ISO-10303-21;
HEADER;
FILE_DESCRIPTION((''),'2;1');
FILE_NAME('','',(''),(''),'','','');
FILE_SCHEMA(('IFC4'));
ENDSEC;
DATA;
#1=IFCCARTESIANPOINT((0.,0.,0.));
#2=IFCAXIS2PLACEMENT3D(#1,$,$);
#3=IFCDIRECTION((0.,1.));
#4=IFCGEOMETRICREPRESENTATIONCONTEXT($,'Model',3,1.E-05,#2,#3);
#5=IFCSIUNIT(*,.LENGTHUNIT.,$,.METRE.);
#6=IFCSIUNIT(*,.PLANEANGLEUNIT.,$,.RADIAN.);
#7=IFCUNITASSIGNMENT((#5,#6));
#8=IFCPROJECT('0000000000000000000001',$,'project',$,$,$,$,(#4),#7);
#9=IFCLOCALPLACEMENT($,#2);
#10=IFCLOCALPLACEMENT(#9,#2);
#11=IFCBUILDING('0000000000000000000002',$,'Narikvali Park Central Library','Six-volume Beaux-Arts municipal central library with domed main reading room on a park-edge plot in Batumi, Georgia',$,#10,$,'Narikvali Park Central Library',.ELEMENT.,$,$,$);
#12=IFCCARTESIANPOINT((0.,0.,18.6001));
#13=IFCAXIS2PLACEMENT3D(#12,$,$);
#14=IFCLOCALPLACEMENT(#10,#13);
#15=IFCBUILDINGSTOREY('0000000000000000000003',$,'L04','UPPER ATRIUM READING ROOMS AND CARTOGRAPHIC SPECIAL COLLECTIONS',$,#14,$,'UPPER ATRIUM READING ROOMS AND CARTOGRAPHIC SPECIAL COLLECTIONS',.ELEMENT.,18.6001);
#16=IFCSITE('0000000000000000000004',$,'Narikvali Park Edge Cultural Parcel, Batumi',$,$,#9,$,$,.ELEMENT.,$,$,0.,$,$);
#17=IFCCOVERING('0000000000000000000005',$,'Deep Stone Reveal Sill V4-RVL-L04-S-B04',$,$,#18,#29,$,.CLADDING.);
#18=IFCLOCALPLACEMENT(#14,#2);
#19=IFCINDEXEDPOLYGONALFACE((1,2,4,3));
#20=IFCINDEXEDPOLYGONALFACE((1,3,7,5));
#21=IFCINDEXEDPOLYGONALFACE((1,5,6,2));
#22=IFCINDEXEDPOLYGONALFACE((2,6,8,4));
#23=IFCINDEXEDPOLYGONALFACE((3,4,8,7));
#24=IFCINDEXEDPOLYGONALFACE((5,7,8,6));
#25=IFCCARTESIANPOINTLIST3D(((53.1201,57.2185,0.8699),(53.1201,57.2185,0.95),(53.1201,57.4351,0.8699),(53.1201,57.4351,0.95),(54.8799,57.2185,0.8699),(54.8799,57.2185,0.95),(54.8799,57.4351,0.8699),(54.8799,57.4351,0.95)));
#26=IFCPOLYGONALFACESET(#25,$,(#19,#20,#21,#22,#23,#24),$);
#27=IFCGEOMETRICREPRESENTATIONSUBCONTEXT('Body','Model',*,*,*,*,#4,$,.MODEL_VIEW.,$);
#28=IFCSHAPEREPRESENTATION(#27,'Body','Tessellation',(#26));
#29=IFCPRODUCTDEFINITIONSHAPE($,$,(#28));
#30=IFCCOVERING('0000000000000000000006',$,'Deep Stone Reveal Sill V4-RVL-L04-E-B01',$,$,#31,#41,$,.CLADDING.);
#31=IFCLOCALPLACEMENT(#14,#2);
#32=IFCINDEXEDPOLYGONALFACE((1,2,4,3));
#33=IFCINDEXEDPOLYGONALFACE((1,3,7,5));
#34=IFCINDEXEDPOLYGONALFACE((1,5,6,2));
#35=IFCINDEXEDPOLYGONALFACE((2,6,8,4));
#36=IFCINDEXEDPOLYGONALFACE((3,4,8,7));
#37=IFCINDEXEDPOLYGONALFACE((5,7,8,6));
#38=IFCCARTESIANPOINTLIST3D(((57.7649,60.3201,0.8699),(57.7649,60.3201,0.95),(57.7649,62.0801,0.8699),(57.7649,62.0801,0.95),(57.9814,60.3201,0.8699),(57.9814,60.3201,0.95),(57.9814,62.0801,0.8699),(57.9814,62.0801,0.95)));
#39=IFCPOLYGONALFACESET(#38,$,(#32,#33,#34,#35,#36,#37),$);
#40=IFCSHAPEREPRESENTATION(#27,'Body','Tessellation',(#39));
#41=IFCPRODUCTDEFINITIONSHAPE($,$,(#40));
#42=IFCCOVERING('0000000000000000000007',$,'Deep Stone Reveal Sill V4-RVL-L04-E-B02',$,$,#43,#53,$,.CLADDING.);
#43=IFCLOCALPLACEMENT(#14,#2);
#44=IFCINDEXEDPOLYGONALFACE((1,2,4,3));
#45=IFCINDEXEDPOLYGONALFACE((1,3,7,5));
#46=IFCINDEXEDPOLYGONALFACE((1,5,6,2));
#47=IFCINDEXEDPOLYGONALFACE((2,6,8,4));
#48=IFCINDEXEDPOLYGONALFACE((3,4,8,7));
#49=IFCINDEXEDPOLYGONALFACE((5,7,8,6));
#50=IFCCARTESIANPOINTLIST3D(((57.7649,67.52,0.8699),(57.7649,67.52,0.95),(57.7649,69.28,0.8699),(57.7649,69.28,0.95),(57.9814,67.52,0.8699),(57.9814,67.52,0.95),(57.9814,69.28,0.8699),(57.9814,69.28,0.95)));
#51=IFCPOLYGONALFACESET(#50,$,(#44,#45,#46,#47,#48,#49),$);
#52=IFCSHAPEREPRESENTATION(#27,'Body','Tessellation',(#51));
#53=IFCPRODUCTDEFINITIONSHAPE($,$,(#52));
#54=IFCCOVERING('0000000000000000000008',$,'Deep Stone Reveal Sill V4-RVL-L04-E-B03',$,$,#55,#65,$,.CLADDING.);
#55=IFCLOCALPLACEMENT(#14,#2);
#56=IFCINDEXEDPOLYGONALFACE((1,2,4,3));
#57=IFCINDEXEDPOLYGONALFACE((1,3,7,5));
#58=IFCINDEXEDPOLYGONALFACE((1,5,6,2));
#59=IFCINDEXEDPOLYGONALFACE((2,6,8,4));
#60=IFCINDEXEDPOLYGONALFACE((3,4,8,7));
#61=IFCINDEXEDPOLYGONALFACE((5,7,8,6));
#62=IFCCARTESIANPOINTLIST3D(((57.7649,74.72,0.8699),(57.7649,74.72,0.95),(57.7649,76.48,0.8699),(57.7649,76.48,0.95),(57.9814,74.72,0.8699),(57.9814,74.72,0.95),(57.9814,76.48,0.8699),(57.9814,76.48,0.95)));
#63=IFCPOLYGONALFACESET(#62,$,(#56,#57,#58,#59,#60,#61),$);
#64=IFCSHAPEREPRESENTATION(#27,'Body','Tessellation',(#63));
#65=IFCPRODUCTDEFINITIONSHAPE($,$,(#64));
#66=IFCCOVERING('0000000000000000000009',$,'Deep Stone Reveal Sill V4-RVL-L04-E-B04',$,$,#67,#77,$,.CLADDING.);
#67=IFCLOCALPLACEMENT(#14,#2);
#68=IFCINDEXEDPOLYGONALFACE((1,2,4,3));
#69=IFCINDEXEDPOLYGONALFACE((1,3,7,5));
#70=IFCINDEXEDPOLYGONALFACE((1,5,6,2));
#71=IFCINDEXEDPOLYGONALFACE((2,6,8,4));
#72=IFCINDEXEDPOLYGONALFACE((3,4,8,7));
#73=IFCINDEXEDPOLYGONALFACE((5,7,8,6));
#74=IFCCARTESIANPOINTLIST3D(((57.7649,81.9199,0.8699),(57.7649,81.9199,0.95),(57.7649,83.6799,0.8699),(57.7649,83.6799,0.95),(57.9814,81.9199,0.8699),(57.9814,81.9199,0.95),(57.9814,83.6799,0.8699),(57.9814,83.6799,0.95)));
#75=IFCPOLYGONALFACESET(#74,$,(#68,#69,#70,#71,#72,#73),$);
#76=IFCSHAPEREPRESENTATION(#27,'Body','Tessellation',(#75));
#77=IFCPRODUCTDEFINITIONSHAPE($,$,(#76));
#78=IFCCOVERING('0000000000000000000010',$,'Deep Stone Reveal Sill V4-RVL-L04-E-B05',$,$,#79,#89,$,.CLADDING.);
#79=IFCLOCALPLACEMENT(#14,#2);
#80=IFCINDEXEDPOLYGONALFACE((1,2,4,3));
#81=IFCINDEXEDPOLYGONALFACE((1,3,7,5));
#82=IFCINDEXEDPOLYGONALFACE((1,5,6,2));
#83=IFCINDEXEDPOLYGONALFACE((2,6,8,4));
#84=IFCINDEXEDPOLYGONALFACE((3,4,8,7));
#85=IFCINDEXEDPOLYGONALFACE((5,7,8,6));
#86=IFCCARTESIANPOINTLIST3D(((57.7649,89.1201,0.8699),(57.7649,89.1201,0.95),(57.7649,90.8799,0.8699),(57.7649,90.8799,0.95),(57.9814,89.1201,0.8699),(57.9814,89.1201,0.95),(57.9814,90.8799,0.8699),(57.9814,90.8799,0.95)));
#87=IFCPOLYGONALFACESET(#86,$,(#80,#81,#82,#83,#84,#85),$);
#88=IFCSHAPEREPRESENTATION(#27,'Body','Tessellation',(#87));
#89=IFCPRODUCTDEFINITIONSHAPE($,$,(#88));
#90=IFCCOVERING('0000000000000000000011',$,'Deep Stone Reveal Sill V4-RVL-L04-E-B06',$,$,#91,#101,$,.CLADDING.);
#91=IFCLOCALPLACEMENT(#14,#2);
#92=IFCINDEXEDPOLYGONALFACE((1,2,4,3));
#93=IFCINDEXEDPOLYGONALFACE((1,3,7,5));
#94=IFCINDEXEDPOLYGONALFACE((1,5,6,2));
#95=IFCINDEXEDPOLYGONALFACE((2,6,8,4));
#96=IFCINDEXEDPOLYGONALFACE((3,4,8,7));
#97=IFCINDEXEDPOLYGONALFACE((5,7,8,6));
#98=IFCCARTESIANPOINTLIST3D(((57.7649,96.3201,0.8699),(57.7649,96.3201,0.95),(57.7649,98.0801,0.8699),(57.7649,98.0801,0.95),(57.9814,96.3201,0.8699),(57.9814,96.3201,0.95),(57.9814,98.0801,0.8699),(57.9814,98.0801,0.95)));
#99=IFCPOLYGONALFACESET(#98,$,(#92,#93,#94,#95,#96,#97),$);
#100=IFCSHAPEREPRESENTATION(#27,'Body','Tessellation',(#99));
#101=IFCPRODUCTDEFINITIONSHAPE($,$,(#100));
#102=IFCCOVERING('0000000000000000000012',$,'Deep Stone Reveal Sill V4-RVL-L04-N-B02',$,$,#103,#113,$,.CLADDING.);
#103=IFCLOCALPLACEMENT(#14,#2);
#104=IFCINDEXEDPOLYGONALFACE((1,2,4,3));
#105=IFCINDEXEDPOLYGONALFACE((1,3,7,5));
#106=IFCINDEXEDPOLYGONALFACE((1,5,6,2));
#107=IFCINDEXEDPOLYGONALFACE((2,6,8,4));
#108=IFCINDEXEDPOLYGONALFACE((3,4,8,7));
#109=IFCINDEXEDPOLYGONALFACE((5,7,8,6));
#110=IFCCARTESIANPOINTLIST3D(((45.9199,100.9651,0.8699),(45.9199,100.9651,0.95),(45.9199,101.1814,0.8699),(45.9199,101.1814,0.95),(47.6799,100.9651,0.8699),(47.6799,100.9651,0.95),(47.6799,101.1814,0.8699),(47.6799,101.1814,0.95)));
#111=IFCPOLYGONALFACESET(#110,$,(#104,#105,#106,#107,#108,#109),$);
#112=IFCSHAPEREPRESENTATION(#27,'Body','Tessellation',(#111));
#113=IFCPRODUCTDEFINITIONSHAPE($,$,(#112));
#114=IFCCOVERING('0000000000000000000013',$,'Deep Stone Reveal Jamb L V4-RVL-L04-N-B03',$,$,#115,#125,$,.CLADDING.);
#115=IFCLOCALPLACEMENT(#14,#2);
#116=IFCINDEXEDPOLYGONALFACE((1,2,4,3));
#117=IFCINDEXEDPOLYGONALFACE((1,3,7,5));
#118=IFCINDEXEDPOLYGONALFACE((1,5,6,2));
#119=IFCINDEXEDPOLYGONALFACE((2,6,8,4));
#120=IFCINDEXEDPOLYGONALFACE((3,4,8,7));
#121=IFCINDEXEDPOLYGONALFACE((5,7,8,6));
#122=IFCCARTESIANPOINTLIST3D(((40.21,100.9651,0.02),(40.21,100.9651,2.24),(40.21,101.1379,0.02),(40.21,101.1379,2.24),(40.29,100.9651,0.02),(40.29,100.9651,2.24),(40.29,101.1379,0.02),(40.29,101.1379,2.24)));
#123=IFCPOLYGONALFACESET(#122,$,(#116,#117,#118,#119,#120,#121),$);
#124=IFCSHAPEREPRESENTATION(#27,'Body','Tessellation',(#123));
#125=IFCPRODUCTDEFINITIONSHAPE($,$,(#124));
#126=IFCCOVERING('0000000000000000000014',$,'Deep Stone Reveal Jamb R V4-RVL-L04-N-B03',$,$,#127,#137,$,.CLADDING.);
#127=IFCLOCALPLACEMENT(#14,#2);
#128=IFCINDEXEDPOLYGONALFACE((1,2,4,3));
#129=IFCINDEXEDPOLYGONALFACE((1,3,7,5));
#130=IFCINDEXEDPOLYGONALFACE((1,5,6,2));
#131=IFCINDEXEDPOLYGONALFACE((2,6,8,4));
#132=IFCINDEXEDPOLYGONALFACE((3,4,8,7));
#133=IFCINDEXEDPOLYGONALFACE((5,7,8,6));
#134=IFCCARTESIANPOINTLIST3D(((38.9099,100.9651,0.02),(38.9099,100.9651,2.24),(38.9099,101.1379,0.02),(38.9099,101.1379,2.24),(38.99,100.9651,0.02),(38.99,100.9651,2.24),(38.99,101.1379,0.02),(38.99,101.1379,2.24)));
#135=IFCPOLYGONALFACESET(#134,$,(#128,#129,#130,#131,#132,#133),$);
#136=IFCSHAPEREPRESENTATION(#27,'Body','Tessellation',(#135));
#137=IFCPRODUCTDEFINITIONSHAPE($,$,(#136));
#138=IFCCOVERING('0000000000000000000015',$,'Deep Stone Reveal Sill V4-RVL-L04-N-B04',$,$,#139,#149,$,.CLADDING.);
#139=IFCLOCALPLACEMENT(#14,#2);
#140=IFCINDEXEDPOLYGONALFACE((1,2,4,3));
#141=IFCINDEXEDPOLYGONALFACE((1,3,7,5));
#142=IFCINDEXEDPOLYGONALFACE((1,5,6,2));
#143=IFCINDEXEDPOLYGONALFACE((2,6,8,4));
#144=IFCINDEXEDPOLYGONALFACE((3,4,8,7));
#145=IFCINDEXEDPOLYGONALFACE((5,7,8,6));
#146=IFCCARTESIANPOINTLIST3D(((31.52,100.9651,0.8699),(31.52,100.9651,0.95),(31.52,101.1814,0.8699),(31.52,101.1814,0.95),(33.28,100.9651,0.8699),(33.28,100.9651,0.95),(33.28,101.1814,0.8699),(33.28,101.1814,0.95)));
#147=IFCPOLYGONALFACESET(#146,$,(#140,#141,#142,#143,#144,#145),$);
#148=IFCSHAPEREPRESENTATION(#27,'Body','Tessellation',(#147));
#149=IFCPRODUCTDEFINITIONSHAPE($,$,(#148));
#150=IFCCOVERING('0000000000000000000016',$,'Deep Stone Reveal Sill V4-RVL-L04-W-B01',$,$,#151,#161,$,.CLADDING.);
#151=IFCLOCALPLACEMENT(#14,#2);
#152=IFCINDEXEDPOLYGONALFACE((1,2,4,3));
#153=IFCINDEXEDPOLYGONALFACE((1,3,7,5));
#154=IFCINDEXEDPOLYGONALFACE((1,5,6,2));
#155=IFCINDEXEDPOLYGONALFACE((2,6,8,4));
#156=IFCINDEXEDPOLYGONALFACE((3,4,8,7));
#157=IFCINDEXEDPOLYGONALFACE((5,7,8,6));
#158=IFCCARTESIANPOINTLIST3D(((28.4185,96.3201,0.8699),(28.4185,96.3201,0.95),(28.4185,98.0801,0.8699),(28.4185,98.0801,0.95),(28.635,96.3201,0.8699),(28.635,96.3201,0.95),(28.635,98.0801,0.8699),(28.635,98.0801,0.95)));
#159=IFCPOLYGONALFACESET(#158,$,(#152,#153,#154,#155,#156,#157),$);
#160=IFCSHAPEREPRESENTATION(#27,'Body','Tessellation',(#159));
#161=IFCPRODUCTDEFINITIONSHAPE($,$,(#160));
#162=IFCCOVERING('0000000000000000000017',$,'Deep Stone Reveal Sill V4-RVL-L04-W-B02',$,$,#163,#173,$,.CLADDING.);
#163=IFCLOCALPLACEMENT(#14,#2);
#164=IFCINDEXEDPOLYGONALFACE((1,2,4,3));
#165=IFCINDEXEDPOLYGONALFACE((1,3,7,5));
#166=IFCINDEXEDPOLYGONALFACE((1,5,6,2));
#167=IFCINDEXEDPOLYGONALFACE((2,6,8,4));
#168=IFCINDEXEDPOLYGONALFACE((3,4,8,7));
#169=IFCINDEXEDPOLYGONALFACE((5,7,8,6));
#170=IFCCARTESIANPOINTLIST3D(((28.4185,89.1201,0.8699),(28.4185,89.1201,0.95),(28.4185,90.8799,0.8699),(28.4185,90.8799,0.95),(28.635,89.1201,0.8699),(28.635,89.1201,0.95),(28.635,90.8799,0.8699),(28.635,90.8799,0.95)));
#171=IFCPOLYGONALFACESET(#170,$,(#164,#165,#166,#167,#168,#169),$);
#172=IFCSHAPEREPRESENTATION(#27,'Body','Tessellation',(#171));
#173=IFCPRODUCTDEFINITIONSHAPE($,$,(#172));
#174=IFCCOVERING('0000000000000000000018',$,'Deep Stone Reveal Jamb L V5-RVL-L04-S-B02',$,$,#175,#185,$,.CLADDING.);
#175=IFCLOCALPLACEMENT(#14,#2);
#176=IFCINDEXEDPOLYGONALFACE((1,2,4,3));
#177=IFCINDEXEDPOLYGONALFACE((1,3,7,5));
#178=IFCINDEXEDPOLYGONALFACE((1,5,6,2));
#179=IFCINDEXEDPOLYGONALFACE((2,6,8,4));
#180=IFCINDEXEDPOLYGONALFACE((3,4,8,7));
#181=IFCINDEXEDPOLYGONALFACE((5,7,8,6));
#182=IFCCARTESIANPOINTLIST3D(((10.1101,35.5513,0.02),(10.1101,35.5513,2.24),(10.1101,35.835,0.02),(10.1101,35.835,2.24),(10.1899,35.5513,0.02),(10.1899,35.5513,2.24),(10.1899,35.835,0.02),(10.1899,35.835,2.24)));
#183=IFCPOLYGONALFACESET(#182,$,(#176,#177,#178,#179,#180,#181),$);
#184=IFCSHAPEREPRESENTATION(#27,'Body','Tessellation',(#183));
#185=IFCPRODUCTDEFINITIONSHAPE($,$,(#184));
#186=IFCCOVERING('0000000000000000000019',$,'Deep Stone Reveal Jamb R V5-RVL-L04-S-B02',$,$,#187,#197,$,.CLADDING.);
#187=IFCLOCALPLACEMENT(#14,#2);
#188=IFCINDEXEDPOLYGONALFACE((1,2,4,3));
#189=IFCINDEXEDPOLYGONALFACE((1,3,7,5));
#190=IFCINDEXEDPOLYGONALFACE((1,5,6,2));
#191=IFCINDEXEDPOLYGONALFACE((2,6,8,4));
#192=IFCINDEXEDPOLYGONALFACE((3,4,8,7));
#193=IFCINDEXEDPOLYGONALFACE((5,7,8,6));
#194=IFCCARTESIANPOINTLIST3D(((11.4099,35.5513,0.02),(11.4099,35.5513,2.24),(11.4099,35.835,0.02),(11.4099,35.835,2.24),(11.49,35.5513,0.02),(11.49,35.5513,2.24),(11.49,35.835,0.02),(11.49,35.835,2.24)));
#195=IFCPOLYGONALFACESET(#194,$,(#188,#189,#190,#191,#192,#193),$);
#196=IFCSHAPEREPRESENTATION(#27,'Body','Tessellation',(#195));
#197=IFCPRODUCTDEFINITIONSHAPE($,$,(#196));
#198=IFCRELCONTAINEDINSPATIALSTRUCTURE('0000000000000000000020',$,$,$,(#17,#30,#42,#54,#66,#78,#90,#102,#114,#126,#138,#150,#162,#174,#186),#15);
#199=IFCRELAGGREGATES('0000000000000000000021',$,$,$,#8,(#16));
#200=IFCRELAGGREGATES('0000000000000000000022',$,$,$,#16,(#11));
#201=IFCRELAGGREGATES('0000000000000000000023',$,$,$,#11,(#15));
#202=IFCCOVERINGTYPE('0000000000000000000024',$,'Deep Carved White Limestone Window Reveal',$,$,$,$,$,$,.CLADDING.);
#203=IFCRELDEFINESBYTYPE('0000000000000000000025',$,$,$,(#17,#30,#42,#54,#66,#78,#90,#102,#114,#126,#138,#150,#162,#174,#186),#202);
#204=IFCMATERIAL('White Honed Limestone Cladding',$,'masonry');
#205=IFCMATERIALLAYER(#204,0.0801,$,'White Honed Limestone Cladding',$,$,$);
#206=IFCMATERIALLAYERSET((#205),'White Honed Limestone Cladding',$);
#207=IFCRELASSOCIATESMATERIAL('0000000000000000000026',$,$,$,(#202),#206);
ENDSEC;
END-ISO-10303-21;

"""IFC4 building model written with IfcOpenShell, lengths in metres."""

from ifc_helpers import new_model, si_unit, direction, frame, origin, place, context, subcontext, project, spatial, polyline, outline, extrude, material, layer, layer_set, type_object, element, save


model = new_model("IFC4")

# Units and contexts
model_context = context("Model", 3, precision=1e-05, world=origin(), true_north=direction((0.0, 1.0)))
body_context = subcontext(model_context, "Body", "Model", "MODEL_VIEW")
ifc_project = project(units=[si_unit("LENGTHUNIT", "METRE"), si_unit("PLANEANGLEUNIT", "RADIAN")], contexts=[model_context])

# Site, building, storey
site_placement = place(None, origin())
site = spatial("IfcSite", under=ifc_project, at=site_placement, Name="Narikvali Park Edge Cultural Parcel, Batumi", CompositionType="ELEMENT", RefElevation=0.0)
building_placement = place(site_placement, origin())
building = spatial("IfcBuilding", under=site, at=building_placement, Name="Narikvali Park Central Library", Description="Six-volume Beaux-Arts municipal central library with domed main reading room on a park-edge plot in Batumi, Georgia", LongName="Narikvali Park Central Library", CompositionType="ELEMENT")
storey_placement = place(building_placement, frame((0.0, 0.0, 18.6001)))
storey = spatial("IfcBuildingStorey", under=building, at=storey_placement, Name="L04", Description="UPPER ATRIUM READING ROOMS AND CARTOGRAPHIC SPECIAL COLLECTIONS", LongName="UPPER ATRIUM READING ROOMS AND CARTOGRAPHIC SPECIAL COLLECTIONS", CompositionType="ELEMENT", Elevation=18.6001)

# Coverings
ifc_material_1 = material(Name="White Honed Limestone Cladding", Category="masonry")
ifc_layer_1 = layer(ifc_material_1, 0.0801, Name="White Honed Limestone Cladding")
ifc_layer_set_1 = layer_set([ifc_layer_1], Name="White Honed Limestone Cladding")
covering_type_1 = type_object("IfcCoveringType", Name="Deep Carved White Limestone Window Reveal", PredefinedType="CLADDING", material=ifc_layer_set_1)
covering_1_placement = place(storey_placement, frame((0.0, 0.0, 0.8699)))
element("IfcCovering", 1, at=covering_1_placement, inside=storey, type_object=covering_type_1, Name="Deep Stone Reveal Sill V4-RVL-L04-S-B04", PredefinedType="CLADDING", context=body_context, shape_type="SweptSolid", body=[
    extrude(outline(polyline([(53.1201, 57.4351), (54.8799, 57.4351), (54.8799, 57.2185), (53.1201, 57.2185), (53.1201, 57.4351)])), origin(), (0.0, 0.0, 1.0), 0.0801),
])
covering_2_placement = place(storey_placement, frame((0.0, 0.0, 0.8699)))
element("IfcCovering", 2, at=covering_2_placement, inside=storey, type_object=covering_type_1, Name="Deep Stone Reveal Sill V4-RVL-L04-E-B01", PredefinedType="CLADDING", context=body_context, shape_type="SweptSolid", body=[
    extrude(outline(polyline([(57.7649, 60.3201), (57.7649, 62.0801), (57.9814, 62.0801), (57.9814, 60.3201), (57.7649, 60.3201)])), origin(), (0.0, 0.0, 1.0), 0.0801),
])
covering_3_placement = place(storey_placement, frame((0.0, 0.0, 0.8699)))
element("IfcCovering", 3, at=covering_3_placement, inside=storey, type_object=covering_type_1, Name="Deep Stone Reveal Sill V4-RVL-L04-E-B02", PredefinedType="CLADDING", context=body_context, shape_type="SweptSolid", body=[
    extrude(outline(polyline([(57.7649, 67.52), (57.7649, 69.28), (57.9814, 69.28), (57.9814, 67.52), (57.7649, 67.52)])), origin(), (0.0, 0.0, 1.0), 0.0801),
])
covering_4_placement = place(storey_placement, frame((0.0, 0.0, 0.8699)))
element("IfcCovering", 4, at=covering_4_placement, inside=storey, type_object=covering_type_1, Name="Deep Stone Reveal Sill V4-RVL-L04-E-B03", PredefinedType="CLADDING", context=body_context, shape_type="SweptSolid", body=[
    extrude(outline(polyline([(57.7649, 74.72), (57.7649, 76.48), (57.9814, 76.48), (57.9814, 74.72), (57.7649, 74.72)])), origin(), (0.0, 0.0, 1.0), 0.0801),
])
covering_5_placement = place(storey_placement, frame((0.0, 0.0, 0.8699)))
element("IfcCovering", 5, at=covering_5_placement, inside=storey, type_object=covering_type_1, Name="Deep Stone Reveal Sill V4-RVL-L04-E-B04", PredefinedType="CLADDING", context=body_context, shape_type="SweptSolid", body=[
    extrude(outline(polyline([(57.7649, 81.9199), (57.7649, 83.6799), (57.9814, 83.6799), (57.9814, 81.9199), (57.7649, 81.9199)])), origin(), (0.0, 0.0, 1.0), 0.0801),
])
covering_6_placement = place(storey_placement, frame((0.0, 0.0, 0.8699)))
element("IfcCovering", 6, at=covering_6_placement, inside=storey, type_object=covering_type_1, Name="Deep Stone Reveal Sill V4-RVL-L04-E-B05", PredefinedType="CLADDING", context=body_context, shape_type="SweptSolid", body=[
    extrude(outline(polyline([(57.7649, 89.1201), (57.7649, 90.8799), (57.9814, 90.8799), (57.9814, 89.1201), (57.7649, 89.1201)])), origin(), (0.0, 0.0, 1.0), 0.0801),
])
covering_7_placement = place(storey_placement, frame((0.0, 0.0, 0.8699)))
element("IfcCovering", 7, at=covering_7_placement, inside=storey, type_object=covering_type_1, Name="Deep Stone Reveal Sill V4-RVL-L04-E-B06", PredefinedType="CLADDING", context=body_context, shape_type="SweptSolid", body=[
    extrude(outline(polyline([(57.7649, 96.3201), (57.7649, 98.0801), (57.9814, 98.0801), (57.9814, 96.3201), (57.7649, 96.3201)])), origin(), (0.0, 0.0, 1.0), 0.0801),
])
covering_8_placement = place(storey_placement, frame((0.0, 0.0, 0.8699)))
element("IfcCovering", 8, at=covering_8_placement, inside=storey, type_object=covering_type_1, Name="Deep Stone Reveal Sill V4-RVL-L04-N-B02", PredefinedType="CLADDING", context=body_context, shape_type="SweptSolid", body=[
    extrude(outline(polyline([(47.6799, 100.9651), (45.9199, 100.9651), (45.9199, 101.1814), (47.6799, 101.1814), (47.6799, 100.9651)])), origin(), (0.0, 0.0, 1.0), 0.0801),
])
covering_9_placement = place(storey_placement, frame((0.0, 0.0, 0.02)))
element("IfcCovering", 9, at=covering_9_placement, inside=storey, type_object=covering_type_1, Name="Deep Stone Reveal Jamb L V4-RVL-L04-N-B03", PredefinedType="CLADDING", context=body_context, shape_type="SweptSolid", body=[
    extrude(outline(polyline([(40.29, 100.9651), (40.21, 100.9651), (40.21, 101.1379), (40.29, 101.1379), (40.29, 100.9651)])), origin(), (0.0, 0.0, 1.0), 2.22),
])
covering_10_placement = place(storey_placement, frame((0.0, 0.0, 0.02)))
element("IfcCovering", 10, at=covering_10_placement, inside=storey, type_object=covering_type_1, Name="Deep Stone Reveal Jamb R V4-RVL-L04-N-B03", PredefinedType="CLADDING", context=body_context, shape_type="SweptSolid", body=[
    extrude(outline(polyline([(38.99, 100.9651), (38.9099, 100.9651), (38.9099, 101.1379), (38.99, 101.1379), (38.99, 100.9651)])), origin(), (0.0, 0.0, 1.0), 2.22),
])
covering_11_placement = place(storey_placement, frame((0.0, 0.0, 0.8699)))
element("IfcCovering", 11, at=covering_11_placement, inside=storey, type_object=covering_type_1, Name="Deep Stone Reveal Sill V4-RVL-L04-N-B04", PredefinedType="CLADDING", context=body_context, shape_type="SweptSolid", body=[
    extrude(outline(polyline([(33.28, 100.9651), (31.52, 100.9651), (31.52, 101.1814), (33.28, 101.1814), (33.28, 100.9651)])), origin(), (0.0, 0.0, 1.0), 0.0801),
])
covering_12_placement = place(storey_placement, frame((0.0, 0.0, 0.8699)))
element("IfcCovering", 12, at=covering_12_placement, inside=storey, type_object=covering_type_1, Name="Deep Stone Reveal Sill V4-RVL-L04-W-B01", PredefinedType="CLADDING", context=body_context, shape_type="SweptSolid", body=[
    extrude(outline(polyline([(28.635, 98.0801), (28.635, 96.3201), (28.4185, 96.3201), (28.4185, 98.0801), (28.635, 98.0801)])), origin(), (0.0, 0.0, 1.0), 0.0801),
])
covering_13_placement = place(storey_placement, frame((0.0, 0.0, 0.8699)))
element("IfcCovering", 13, at=covering_13_placement, inside=storey, type_object=covering_type_1, Name="Deep Stone Reveal Sill V4-RVL-L04-W-B02", PredefinedType="CLADDING", context=body_context, shape_type="SweptSolid", body=[
    extrude(outline(polyline([(28.635, 90.8799), (28.635, 89.1201), (28.4185, 89.1201), (28.4185, 90.8799), (28.635, 90.8799)])), origin(), (0.0, 0.0, 1.0), 0.0801),
])
covering_14_placement = place(storey_placement, frame((0.0, 0.0, 0.02)))
element("IfcCovering", 14, at=covering_14_placement, inside=storey, type_object=covering_type_1, Name="Deep Stone Reveal Jamb L V5-RVL-L04-S-B02", PredefinedType="CLADDING", context=body_context, shape_type="SweptSolid", body=[
    extrude(outline(polyline([(10.1101, 35.835), (10.1899, 35.835), (10.1899, 35.5513), (10.1101, 35.5513), (10.1101, 35.835)])), origin(), (0.0, 0.0, 1.0), 2.22),
])
covering_15_placement = place(storey_placement, frame((0.0, 0.0, 0.02)))
element("IfcCovering", 15, at=covering_15_placement, inside=storey, type_object=covering_type_1, Name="Deep Stone Reveal Jamb R V5-RVL-L04-S-B02", PredefinedType="CLADDING", context=body_context, shape_type="SweptSolid", body=[
    extrude(outline(polyline([(11.4099, 35.835), (11.49, 35.835), (11.49, 35.5513), (11.4099, 35.5513), (11.4099, 35.835)])), origin(), (0.0, 0.0, 1.0), 2.22),
])

save(model, "model.ifc")
